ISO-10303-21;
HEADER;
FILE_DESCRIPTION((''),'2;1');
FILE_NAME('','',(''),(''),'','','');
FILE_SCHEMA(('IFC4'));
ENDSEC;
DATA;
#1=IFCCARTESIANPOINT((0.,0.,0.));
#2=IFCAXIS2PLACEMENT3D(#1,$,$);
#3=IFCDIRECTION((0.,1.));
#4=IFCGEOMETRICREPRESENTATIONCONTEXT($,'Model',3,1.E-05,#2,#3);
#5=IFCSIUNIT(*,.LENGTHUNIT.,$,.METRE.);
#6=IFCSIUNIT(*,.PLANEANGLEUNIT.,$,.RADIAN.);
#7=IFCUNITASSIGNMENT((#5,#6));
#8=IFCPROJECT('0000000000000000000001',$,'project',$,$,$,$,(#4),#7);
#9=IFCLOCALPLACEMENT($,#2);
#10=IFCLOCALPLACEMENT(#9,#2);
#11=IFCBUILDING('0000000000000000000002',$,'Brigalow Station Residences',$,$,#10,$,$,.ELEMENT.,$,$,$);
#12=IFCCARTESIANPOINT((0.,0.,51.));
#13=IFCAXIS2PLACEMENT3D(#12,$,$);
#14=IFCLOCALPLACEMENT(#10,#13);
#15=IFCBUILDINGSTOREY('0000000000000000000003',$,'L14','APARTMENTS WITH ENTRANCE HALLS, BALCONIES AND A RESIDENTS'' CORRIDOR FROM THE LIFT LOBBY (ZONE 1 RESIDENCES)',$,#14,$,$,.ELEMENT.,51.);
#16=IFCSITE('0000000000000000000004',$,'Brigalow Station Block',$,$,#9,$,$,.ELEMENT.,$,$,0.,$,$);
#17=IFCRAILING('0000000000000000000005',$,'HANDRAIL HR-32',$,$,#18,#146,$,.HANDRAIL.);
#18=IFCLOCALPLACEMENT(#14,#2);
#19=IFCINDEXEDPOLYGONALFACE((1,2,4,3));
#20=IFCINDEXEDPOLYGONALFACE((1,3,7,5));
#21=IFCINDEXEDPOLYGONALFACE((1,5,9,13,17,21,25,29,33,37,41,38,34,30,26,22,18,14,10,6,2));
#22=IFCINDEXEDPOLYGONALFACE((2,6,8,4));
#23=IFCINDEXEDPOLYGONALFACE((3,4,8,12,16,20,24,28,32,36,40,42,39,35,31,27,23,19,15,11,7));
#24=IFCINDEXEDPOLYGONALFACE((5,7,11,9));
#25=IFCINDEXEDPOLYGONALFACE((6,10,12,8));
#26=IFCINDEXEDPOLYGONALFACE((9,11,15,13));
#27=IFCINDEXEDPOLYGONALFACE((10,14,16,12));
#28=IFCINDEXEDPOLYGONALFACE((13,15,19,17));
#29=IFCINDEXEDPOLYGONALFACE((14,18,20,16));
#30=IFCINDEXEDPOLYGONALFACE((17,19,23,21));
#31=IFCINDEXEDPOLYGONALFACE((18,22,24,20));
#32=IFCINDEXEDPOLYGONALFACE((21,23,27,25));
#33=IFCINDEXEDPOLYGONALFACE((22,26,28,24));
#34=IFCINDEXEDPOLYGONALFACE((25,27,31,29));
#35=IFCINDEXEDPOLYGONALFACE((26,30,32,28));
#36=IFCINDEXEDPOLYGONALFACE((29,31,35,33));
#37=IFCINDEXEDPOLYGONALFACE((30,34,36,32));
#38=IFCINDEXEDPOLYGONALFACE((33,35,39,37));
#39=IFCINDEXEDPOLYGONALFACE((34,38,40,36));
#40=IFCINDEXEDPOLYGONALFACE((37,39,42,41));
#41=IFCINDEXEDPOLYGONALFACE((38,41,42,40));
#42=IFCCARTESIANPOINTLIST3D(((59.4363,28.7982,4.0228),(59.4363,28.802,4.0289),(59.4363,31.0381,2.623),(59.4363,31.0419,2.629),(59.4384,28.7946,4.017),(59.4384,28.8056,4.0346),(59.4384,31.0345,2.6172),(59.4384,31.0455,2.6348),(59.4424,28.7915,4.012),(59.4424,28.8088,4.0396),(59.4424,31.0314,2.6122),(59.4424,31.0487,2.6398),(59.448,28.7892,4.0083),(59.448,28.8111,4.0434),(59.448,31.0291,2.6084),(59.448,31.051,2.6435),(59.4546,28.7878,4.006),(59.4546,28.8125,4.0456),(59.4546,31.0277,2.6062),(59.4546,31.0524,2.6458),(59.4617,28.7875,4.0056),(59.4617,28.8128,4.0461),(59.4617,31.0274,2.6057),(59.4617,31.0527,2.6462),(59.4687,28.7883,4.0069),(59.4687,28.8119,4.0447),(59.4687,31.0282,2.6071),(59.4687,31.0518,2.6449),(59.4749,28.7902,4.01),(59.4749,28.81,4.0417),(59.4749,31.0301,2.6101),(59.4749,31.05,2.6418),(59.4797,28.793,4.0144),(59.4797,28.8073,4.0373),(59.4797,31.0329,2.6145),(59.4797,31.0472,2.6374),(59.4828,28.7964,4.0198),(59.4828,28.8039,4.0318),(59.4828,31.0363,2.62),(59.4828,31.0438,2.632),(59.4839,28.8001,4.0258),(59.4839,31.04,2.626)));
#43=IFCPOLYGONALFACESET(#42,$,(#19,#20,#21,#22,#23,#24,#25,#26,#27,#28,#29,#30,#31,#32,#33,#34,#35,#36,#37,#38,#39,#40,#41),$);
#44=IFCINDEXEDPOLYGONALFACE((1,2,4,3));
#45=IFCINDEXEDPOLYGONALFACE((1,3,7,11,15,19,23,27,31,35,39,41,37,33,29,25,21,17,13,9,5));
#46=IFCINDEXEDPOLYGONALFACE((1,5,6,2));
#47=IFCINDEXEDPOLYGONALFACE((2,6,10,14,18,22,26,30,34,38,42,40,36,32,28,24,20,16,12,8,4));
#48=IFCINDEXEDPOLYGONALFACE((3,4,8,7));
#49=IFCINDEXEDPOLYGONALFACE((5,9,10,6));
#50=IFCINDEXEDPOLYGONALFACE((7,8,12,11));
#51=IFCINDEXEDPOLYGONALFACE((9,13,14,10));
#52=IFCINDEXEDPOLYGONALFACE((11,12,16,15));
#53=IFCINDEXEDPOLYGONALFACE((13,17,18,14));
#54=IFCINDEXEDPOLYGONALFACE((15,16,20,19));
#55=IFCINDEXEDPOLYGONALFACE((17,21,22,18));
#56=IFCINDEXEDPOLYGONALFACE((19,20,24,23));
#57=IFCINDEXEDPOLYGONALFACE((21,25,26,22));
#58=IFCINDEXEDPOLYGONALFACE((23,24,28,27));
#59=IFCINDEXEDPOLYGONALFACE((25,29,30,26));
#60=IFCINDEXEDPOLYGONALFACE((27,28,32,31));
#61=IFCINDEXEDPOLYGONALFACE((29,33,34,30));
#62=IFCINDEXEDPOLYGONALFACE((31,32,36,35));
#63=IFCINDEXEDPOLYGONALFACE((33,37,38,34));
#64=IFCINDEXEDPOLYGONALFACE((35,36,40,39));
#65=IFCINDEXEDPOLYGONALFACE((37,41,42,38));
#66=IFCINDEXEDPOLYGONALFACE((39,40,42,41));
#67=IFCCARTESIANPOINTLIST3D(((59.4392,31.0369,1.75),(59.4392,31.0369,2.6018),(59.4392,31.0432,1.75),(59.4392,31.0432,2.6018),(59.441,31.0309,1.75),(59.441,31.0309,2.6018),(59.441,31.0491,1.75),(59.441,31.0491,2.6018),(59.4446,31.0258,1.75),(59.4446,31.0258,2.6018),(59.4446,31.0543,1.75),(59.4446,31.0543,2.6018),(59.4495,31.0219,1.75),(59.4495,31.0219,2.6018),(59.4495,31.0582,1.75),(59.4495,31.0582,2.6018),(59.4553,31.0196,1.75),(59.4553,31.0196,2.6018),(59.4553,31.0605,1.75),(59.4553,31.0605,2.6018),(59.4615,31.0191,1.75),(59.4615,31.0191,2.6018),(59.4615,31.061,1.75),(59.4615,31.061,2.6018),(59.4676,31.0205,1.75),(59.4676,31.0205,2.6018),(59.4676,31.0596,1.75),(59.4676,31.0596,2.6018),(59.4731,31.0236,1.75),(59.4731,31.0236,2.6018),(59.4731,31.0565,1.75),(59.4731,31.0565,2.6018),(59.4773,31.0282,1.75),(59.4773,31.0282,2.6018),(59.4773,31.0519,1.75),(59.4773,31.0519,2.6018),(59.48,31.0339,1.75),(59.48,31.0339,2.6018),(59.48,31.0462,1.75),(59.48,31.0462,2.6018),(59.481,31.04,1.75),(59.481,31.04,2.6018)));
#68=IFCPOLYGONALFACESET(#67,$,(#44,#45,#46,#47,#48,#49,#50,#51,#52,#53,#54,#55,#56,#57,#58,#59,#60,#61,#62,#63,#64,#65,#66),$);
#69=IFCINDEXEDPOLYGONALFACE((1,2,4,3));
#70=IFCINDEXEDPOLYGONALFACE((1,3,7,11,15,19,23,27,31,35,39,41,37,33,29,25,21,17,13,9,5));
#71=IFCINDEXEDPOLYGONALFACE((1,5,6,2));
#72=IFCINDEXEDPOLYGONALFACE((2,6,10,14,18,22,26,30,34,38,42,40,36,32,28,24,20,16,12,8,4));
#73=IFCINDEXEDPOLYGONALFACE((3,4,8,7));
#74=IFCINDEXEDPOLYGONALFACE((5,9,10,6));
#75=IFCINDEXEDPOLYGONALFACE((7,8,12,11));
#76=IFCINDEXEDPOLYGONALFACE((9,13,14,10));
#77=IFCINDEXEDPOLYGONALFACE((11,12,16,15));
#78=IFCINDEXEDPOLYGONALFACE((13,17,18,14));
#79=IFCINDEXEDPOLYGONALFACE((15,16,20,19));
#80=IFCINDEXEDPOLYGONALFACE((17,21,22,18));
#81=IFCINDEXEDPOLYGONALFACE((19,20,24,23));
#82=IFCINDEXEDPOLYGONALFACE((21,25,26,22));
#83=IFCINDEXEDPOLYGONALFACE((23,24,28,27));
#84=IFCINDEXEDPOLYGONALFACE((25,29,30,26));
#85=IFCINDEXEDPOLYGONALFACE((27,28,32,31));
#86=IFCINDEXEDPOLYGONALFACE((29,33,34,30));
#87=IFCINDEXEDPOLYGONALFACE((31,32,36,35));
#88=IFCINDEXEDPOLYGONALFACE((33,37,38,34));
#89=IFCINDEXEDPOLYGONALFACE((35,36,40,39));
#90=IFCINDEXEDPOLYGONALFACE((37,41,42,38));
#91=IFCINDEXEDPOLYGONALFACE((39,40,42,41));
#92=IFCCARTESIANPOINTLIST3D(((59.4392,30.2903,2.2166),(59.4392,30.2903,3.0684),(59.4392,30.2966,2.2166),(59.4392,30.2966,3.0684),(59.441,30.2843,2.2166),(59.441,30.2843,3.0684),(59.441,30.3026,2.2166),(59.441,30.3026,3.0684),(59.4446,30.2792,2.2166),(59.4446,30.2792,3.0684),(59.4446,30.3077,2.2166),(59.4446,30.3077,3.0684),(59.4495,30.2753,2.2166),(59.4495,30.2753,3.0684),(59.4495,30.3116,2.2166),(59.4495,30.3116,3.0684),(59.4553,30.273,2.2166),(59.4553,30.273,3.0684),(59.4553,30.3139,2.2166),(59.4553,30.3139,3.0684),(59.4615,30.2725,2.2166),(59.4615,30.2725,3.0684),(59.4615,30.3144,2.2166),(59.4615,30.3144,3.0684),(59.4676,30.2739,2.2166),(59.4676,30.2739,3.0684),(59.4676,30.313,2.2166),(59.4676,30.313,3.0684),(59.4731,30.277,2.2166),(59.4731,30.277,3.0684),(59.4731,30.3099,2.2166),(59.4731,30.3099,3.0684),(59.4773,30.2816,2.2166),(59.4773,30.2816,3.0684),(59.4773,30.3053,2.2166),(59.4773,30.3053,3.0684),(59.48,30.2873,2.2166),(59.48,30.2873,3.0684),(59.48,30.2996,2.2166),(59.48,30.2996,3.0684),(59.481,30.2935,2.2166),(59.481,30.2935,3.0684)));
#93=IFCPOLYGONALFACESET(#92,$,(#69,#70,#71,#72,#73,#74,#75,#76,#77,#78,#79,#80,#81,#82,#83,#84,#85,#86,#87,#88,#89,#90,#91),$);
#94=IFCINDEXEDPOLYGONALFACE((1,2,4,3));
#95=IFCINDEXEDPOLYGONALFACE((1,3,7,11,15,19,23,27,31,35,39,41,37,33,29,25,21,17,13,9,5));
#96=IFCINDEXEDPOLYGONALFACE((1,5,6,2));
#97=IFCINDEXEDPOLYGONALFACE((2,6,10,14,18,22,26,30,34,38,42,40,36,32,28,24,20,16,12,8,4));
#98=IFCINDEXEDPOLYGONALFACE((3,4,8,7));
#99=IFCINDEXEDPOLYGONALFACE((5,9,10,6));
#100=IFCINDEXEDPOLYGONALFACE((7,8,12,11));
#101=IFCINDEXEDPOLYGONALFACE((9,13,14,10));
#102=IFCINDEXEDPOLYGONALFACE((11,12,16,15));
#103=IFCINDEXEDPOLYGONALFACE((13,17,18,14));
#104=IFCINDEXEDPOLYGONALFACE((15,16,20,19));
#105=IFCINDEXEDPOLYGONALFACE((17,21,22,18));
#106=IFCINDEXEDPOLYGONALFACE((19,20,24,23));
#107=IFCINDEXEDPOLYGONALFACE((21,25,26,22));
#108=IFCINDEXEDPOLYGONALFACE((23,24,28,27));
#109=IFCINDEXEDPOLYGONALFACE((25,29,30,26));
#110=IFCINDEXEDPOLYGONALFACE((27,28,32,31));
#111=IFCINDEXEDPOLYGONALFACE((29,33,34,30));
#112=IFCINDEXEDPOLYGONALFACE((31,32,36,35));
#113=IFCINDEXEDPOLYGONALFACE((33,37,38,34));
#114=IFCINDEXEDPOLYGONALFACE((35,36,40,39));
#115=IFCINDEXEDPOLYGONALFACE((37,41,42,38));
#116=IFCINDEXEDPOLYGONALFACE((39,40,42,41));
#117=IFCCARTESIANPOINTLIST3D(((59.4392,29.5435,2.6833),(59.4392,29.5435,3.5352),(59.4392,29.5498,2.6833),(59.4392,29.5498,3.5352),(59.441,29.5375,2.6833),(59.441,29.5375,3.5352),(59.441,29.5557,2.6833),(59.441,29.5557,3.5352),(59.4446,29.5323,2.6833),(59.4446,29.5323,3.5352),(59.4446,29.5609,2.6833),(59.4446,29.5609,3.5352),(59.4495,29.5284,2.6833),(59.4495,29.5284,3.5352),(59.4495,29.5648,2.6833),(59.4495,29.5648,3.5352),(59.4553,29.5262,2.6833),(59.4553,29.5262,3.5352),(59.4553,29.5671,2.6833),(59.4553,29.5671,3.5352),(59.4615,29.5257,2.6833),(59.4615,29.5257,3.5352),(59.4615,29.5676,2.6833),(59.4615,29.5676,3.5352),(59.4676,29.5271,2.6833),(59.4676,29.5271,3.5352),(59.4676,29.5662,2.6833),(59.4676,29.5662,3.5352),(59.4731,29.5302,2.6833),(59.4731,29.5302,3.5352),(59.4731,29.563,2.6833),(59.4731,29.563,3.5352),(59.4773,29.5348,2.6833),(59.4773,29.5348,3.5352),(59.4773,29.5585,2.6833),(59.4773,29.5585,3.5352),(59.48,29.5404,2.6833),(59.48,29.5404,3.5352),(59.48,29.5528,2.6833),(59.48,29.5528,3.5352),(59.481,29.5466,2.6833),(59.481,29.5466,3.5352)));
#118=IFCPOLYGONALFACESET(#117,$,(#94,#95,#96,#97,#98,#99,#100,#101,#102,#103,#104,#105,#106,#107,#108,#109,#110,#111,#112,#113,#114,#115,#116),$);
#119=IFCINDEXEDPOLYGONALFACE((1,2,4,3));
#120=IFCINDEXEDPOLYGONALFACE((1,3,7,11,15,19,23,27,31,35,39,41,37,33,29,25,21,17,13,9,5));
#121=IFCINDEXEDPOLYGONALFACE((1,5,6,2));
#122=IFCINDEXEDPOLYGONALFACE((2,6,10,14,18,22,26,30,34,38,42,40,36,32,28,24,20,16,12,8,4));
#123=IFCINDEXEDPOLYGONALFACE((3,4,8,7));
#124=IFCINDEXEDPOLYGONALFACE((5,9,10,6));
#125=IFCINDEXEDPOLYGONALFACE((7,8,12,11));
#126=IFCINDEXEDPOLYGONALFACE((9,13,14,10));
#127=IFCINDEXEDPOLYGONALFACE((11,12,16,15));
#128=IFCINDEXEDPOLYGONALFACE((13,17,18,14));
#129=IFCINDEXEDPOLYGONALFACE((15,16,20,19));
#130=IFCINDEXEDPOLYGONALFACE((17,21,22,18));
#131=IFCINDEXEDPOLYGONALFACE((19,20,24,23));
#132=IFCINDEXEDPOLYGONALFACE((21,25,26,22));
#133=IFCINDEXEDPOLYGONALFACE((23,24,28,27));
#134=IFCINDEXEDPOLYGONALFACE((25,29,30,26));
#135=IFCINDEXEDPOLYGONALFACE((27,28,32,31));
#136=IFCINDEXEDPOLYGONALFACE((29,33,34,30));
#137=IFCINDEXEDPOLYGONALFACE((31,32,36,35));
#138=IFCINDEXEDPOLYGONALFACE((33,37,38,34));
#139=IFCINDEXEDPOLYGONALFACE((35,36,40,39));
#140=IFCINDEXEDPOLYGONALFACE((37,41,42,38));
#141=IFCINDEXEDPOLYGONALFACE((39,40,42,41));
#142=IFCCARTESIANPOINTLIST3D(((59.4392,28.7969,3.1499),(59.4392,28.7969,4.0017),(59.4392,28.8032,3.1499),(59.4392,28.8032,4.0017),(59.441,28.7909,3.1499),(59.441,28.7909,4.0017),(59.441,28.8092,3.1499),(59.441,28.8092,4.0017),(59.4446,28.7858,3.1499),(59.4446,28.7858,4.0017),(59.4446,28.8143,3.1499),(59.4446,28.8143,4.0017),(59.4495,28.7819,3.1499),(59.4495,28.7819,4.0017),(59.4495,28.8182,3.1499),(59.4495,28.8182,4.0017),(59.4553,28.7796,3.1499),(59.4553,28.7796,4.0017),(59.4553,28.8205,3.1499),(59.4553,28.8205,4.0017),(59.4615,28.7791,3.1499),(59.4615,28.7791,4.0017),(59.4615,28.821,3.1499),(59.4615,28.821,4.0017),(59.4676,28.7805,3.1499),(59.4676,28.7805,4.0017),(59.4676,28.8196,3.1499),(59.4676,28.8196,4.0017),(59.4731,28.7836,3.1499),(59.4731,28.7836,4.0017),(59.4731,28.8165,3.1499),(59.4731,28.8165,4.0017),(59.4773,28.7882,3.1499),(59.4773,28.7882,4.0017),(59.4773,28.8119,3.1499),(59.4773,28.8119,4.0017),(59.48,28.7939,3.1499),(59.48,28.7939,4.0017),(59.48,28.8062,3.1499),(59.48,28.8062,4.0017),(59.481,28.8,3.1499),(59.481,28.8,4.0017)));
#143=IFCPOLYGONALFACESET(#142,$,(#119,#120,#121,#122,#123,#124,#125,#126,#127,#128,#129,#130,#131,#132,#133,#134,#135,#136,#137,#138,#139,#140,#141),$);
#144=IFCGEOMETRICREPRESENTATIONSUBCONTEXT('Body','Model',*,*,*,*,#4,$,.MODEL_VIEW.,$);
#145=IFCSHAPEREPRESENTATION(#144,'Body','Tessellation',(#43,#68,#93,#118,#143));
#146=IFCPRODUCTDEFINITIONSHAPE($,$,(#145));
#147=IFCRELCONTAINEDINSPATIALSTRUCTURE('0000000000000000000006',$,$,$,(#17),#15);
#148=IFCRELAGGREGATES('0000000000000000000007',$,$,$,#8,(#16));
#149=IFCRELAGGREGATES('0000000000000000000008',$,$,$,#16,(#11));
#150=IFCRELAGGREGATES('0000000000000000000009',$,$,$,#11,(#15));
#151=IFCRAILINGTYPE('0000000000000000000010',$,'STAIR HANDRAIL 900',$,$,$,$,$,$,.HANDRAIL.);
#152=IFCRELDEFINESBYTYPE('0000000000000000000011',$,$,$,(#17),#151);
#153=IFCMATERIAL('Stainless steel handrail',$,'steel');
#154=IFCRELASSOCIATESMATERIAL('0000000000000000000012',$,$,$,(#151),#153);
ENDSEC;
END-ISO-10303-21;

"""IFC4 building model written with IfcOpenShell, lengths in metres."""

from ifc_helpers import new_model, si_unit, direction, frame, origin, origin_2d, place, context, subcontext, project, spatial, circle, extrude, material, type_object, element, save


model = new_model("IFC4")

# Units and contexts
model_context = context("Model", 3, precision=1e-05, world=origin(), true_north=direction((0.0, 1.0)))
body_context = subcontext(model_context, "Body", "Model", "MODEL_VIEW")
ifc_project = project(units=[si_unit("LENGTHUNIT", "METRE"), si_unit("PLANEANGLEUNIT", "RADIAN")], contexts=[model_context])

# Site, building, storey
site_placement = place(None, origin())
site = spatial("IfcSite", under=ifc_project, at=site_placement, Name="Brigalow Station Block", CompositionType="ELEMENT", RefElevation=0.0)
building_placement = place(site_placement, origin())
building = spatial("IfcBuilding", under=site, at=building_placement, Name="Brigalow Station Residences", CompositionType="ELEMENT")
storey_placement = place(building_placement, frame((0.0, 0.0, 51.0)))
storey = spatial("IfcBuildingStorey", under=building, at=storey_placement, Name="L14", Description="APARTMENTS WITH ENTRANCE HALLS, BALCONIES AND A RESIDENTS' CORRIDOR FROM THE LIFT LOBBY (ZONE 1 RESIDENCES)", CompositionType="ELEMENT", Elevation=51.0)

# Railing
ifc_material_1 = material(Name="Stainless steel handrail", Category="steel")
railing_type_1 = type_object("IfcRailingType", Name="STAIR HANDRAIL 900", PredefinedType="HANDRAIL", material=ifc_material_1)
railing_1_placement = place(storey_placement, frame((59.46, 31.04, 1.75)))
element("IfcRailing", 1, at=railing_1_placement, inside=storey, type_object=railing_type_1, Name="HANDRAIL HR-32", PredefinedType="HANDRAIL", context=body_context, shape_type="SweptSolid", body=[
    extrude(circle(Radius=0.0239, at=origin_2d()), frame((0.0, 0.0, 0.876), z_axis=(0.0, -0.848014, 0.529974), x_axis=(1.0, 0.0, 0.0)), (0.0, 0.0, 1.0), 2.6414),
    extrude(circle(Radius=0.021, at=origin_2d()), origin(), (0.0, 0.0, 1.0), 0.8518),
    extrude(circle(Radius=0.021, at=origin_2d()), frame((0.0, -0.7466, 0.4666)), (0.0, 0.0, 1.0), 0.8518),
    extrude(circle(Radius=0.021, at=origin_2d()), frame((0.0, -1.4934, 0.9333)), (0.0, 0.0, 1.0), 0.8518),
    extrude(circle(Radius=0.021, at=origin_2d()), frame((0.0, -2.24, 1.3999)), (0.0, 0.0, 1.0), 0.8518),
])

save(model, "model.ifc")
